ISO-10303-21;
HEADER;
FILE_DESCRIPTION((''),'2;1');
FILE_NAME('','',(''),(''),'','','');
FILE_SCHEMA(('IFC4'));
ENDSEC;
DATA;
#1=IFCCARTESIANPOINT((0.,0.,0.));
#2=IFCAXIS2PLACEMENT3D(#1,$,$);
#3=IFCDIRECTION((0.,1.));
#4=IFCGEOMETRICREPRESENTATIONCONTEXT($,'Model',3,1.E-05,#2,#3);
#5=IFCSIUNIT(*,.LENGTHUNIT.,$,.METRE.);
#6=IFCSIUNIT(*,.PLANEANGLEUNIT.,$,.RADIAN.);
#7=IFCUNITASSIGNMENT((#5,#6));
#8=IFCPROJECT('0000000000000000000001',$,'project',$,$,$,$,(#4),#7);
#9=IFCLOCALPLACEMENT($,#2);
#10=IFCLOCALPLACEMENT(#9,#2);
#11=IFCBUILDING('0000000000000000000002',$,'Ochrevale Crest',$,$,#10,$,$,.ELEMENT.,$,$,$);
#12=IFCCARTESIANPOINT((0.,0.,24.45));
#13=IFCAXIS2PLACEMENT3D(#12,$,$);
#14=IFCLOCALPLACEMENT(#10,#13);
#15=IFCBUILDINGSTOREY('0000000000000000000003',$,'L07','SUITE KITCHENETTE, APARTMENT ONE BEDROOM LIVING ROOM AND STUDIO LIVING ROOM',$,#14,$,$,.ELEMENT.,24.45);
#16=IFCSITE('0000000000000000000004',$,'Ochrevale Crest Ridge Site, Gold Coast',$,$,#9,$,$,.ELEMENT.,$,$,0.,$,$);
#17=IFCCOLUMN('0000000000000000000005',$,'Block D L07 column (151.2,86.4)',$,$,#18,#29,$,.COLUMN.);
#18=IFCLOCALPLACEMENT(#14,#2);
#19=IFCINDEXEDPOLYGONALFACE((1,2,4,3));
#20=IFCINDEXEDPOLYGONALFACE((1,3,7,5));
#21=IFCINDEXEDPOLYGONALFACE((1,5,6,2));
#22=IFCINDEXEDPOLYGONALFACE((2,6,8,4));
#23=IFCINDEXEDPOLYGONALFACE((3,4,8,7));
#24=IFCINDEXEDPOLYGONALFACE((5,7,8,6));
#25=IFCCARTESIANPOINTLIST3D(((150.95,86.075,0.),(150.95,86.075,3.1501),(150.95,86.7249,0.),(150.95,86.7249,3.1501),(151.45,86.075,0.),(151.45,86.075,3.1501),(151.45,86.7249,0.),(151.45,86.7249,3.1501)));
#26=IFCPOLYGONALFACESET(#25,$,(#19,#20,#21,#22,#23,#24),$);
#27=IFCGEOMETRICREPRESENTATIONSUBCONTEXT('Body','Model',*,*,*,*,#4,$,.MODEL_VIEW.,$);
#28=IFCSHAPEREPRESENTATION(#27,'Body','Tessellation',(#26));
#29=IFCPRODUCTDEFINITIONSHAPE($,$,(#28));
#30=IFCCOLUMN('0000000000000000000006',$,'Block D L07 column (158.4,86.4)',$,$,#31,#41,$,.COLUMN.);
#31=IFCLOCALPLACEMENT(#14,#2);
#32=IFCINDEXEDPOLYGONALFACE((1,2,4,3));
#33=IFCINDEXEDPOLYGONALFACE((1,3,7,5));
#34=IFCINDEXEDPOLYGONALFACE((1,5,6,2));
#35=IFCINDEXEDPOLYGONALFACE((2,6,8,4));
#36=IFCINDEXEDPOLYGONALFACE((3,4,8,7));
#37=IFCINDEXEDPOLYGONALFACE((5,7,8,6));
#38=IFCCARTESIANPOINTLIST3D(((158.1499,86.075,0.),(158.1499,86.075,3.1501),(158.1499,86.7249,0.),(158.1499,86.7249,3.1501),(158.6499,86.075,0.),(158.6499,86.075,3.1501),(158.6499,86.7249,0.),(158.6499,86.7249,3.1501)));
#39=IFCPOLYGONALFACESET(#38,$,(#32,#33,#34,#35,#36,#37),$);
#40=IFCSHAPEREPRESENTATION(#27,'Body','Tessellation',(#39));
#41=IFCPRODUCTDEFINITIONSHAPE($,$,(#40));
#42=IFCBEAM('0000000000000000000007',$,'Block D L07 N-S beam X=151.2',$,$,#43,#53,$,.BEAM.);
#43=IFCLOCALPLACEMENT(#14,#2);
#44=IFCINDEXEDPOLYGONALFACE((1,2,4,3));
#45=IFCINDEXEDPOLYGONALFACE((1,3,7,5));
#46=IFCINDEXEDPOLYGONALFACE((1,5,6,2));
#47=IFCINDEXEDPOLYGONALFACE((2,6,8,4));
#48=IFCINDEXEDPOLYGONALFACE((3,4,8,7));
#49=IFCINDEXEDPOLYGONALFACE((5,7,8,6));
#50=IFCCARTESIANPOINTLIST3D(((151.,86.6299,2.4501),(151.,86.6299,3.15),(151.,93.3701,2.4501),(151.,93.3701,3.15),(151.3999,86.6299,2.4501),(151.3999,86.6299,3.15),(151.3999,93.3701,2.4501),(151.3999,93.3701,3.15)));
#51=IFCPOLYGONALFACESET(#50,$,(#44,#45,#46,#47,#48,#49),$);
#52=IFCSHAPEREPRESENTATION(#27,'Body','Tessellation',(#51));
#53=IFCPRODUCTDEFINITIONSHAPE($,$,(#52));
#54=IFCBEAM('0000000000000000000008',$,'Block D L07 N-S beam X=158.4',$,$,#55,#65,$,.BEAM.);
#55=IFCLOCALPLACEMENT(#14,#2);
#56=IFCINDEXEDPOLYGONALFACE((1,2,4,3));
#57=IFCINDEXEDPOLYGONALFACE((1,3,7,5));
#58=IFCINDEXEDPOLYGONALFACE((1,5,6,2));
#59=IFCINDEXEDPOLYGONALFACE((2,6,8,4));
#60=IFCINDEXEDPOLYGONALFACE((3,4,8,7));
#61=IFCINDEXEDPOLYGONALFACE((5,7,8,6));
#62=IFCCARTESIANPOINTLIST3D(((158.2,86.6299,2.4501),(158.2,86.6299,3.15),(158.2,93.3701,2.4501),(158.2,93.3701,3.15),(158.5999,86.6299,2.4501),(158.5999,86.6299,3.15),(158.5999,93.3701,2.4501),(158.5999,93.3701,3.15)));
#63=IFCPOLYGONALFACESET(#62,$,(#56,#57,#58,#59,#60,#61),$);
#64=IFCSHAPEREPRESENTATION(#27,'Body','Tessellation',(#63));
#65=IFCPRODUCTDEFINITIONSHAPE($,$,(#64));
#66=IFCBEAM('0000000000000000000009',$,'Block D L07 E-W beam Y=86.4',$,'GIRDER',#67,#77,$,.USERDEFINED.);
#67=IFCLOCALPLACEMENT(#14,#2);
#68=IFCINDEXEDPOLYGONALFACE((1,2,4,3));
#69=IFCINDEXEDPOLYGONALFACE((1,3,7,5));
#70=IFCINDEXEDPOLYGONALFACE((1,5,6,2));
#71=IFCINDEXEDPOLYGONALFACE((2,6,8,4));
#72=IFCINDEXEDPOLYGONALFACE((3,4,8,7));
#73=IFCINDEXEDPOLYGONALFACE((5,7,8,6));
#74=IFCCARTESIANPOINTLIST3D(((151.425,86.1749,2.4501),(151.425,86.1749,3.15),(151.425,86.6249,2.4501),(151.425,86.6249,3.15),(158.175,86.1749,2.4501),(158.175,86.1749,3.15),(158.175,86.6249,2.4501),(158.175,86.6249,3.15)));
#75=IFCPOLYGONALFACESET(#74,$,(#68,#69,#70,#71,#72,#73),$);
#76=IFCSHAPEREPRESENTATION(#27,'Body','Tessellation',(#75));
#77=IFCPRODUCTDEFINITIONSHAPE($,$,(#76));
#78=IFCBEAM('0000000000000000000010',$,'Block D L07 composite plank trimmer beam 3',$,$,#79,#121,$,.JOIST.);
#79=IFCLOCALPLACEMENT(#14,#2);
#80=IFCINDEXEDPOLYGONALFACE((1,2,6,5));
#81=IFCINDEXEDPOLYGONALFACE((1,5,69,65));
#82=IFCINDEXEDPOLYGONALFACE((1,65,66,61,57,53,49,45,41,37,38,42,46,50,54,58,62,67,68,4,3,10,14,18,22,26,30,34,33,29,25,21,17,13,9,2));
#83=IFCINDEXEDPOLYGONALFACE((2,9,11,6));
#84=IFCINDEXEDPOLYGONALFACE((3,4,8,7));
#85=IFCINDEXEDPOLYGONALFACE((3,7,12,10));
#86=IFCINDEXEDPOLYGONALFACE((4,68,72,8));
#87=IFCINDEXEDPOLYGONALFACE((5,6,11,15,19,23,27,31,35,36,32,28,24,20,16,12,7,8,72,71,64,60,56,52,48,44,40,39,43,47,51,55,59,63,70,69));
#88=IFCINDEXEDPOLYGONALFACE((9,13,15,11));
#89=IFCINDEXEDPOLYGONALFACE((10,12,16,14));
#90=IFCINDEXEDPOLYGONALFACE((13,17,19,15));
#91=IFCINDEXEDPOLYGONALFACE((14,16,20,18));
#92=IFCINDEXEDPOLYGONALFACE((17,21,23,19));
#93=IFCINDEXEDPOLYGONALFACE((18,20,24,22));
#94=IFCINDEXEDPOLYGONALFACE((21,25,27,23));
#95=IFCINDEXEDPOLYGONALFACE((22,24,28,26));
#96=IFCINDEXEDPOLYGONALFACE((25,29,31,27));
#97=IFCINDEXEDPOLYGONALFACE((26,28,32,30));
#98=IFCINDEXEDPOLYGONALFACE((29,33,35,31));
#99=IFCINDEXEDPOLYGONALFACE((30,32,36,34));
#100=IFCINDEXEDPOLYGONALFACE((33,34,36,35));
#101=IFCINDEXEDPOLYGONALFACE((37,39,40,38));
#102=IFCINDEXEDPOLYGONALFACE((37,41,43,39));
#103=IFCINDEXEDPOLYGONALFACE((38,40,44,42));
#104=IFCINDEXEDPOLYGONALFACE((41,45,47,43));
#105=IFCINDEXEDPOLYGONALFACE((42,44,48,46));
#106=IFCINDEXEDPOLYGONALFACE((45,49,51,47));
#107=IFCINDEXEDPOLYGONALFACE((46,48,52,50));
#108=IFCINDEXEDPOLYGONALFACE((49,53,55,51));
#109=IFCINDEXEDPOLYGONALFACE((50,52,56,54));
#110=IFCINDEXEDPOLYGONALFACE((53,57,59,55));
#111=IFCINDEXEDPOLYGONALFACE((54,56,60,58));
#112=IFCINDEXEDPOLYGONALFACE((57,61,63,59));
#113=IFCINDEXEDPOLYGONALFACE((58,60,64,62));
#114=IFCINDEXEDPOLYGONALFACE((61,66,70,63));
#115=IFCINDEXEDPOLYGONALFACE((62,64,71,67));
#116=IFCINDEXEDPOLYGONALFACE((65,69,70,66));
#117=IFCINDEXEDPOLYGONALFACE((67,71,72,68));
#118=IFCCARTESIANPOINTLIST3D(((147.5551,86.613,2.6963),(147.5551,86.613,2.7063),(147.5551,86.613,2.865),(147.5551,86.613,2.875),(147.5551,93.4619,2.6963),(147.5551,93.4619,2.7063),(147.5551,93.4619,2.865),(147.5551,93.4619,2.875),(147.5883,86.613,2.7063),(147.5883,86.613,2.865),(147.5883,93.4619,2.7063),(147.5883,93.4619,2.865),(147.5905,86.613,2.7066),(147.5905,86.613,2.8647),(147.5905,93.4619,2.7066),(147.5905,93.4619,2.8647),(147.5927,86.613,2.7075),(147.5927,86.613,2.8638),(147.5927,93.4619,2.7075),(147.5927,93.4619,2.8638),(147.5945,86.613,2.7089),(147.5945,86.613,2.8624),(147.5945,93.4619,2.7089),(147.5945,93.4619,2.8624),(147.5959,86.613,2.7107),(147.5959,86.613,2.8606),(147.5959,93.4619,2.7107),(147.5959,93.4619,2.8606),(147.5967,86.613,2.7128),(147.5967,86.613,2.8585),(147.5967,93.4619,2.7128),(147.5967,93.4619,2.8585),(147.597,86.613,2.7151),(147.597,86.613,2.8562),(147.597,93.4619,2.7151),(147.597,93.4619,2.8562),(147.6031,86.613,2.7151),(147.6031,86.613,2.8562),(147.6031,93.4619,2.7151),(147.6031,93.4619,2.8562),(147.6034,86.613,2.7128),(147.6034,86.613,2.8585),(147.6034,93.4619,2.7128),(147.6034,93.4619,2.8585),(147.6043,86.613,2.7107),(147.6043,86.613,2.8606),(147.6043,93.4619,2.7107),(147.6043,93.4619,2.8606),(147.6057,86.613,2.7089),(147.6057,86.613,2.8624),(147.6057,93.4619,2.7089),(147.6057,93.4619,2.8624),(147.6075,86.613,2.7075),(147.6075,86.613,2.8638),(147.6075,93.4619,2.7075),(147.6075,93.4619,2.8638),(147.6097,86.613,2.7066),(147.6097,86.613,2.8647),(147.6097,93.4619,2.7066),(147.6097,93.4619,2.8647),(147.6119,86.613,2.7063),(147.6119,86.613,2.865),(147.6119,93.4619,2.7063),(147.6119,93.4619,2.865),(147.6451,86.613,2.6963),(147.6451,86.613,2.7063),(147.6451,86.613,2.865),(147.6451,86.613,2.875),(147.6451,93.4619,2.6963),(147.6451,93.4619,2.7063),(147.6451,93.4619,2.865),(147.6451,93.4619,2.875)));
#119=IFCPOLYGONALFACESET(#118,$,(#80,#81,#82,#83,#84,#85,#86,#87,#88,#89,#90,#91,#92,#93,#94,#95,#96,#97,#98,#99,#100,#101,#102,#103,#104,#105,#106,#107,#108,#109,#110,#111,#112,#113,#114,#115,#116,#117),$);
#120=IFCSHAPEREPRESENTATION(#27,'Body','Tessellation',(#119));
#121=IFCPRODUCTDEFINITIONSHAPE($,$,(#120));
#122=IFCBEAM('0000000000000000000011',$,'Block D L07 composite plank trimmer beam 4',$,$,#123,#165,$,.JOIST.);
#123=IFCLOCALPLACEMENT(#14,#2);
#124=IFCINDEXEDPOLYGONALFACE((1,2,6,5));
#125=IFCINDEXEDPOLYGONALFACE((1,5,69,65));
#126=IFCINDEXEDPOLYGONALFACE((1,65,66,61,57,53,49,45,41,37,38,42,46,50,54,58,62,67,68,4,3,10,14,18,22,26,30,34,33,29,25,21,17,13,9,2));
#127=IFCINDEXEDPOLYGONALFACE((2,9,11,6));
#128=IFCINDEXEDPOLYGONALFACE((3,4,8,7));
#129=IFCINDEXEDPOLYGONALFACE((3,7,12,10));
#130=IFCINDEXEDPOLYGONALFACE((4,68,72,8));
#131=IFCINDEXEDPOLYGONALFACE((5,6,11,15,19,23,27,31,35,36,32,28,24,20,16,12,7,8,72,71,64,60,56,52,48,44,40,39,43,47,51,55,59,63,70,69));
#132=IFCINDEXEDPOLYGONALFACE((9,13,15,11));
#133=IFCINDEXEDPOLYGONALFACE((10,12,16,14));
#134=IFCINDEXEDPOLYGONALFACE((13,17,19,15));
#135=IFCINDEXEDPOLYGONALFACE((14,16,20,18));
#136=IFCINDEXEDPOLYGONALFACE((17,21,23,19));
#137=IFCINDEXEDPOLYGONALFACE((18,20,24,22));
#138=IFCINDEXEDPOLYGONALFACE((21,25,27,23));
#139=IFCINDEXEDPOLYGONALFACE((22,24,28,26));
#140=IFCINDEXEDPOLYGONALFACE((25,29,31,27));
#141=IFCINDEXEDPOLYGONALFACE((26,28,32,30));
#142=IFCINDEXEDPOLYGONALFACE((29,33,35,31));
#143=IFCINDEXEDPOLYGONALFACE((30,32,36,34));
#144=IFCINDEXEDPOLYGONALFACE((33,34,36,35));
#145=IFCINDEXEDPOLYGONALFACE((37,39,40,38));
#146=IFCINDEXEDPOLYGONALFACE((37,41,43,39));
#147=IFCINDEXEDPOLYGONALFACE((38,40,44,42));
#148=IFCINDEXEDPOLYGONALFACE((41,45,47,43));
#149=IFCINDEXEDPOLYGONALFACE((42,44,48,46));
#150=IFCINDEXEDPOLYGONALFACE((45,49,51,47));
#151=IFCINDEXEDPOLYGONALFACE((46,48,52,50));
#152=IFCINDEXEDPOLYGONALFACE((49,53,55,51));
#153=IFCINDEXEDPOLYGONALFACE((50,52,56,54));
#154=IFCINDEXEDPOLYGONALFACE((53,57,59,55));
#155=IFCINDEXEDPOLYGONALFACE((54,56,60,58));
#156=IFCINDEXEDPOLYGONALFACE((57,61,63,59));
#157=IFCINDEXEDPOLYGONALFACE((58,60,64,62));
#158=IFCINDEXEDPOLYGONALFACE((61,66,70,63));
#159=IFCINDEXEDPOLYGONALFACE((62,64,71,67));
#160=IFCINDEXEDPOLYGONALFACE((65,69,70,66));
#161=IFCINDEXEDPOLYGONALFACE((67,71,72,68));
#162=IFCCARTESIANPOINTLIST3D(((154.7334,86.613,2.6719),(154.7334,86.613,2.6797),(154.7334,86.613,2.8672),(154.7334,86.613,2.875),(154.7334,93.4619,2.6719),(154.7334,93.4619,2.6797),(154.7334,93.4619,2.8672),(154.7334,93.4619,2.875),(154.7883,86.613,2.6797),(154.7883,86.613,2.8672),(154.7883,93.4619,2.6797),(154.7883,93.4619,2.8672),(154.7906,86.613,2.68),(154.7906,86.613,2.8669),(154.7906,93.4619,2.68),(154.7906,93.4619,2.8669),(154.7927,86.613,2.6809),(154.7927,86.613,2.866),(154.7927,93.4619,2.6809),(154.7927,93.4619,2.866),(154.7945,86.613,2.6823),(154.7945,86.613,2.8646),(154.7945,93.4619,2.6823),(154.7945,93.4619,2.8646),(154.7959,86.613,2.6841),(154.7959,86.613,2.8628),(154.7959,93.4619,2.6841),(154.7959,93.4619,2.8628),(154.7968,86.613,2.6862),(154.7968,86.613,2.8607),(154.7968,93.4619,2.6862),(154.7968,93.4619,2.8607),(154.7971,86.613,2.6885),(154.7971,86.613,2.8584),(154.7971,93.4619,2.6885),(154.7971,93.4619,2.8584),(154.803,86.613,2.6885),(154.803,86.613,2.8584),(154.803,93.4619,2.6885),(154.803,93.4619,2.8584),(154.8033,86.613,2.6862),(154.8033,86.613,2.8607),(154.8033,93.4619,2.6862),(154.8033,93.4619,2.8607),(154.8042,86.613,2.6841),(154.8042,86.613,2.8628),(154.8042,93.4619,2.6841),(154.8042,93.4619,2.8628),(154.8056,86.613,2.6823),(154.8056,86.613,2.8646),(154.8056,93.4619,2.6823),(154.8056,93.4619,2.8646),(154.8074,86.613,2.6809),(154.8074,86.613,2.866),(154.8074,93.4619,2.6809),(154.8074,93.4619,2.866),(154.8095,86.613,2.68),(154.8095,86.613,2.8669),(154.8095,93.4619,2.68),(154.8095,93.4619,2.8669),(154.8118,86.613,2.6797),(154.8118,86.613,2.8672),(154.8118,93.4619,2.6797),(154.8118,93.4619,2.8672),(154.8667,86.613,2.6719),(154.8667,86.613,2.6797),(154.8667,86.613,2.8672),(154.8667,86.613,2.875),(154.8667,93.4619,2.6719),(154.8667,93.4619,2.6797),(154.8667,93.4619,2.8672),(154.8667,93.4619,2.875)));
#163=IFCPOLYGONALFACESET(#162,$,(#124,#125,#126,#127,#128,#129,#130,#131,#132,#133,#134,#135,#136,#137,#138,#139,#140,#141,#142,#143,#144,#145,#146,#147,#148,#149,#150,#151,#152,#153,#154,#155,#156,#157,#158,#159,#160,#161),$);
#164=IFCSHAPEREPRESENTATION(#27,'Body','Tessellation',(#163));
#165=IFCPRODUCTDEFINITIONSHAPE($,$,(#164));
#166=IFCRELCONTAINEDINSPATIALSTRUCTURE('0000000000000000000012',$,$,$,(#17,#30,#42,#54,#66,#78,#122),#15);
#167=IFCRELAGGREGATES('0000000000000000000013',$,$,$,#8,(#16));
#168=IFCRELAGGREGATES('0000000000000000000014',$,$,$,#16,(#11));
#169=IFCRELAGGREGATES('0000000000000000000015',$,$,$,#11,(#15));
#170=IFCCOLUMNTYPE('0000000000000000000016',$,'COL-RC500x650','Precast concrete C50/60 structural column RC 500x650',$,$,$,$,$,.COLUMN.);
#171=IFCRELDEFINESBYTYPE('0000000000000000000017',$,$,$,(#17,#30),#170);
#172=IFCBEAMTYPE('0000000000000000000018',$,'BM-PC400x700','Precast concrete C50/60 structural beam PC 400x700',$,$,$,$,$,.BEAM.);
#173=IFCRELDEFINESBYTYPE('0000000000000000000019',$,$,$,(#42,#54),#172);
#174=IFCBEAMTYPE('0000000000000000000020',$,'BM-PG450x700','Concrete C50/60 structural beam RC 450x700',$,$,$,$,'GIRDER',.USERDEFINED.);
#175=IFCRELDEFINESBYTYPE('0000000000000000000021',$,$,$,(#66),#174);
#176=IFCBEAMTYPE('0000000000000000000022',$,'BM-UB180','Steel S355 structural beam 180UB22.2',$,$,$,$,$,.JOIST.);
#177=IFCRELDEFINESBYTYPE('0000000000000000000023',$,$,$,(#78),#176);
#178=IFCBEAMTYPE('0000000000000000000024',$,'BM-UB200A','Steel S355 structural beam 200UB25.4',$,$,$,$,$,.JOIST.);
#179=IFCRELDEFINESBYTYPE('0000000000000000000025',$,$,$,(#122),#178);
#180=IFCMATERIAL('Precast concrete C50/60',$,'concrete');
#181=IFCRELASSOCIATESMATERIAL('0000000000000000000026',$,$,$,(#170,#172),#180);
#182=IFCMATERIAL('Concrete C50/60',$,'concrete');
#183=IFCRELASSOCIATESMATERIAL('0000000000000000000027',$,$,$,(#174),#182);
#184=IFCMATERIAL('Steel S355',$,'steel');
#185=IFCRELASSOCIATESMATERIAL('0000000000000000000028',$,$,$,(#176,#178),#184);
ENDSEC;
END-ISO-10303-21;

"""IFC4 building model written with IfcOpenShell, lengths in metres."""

from ifc_helpers import new_model, si_unit, direction, frame, origin, origin_2d, place, context, subcontext, project, spatial, rectangle, i_section, extrude, material, material_profile, profile_set, type_object, element, save


model = new_model("IFC4")

# Units and contexts
model_context = context("Model", 3, precision=1e-05, world=origin(), true_north=direction((0.0, 1.0)))
body_context = subcontext(model_context, "Body", "Model", "MODEL_VIEW")
ifc_project = project(units=[si_unit("LENGTHUNIT", "METRE"), si_unit("PLANEANGLEUNIT", "RADIAN")], contexts=[model_context])

# Site, building, storey
site_placement = place(None, origin())
site = spatial("IfcSite", under=ifc_project, at=site_placement, Name="Ochrevale Crest Ridge Site, Gold Coast", CompositionType="ELEMENT", RefElevation=0.0)
building_placement = place(site_placement, origin())
building = spatial("IfcBuilding", under=site, at=building_placement, Name="Ochrevale Crest", CompositionType="ELEMENT")
storey_placement = place(building_placement, frame((0.0, 0.0, 24.45)))
storey = spatial("IfcBuildingStorey", under=building, at=storey_placement, Name="L07", Description="SUITE KITCHENETTE, APARTMENT ONE BEDROOM LIVING ROOM AND STUDIO LIVING ROOM", CompositionType="ELEMENT", Elevation=24.45)

# Columns
ifc_material_1 = material(Name="Precast concrete C50/60", Category="concrete")
ifc_material_profile_1 = material_profile(ifc_material_1, rectangle(XDim=0.5, YDim=0.6499, at=origin_2d()), Name="RC 500x650")
ifc_profile_set_1 = profile_set([ifc_material_profile_1], Name="Precast concrete C50/60")
column_type = type_object("IfcColumnType", Name="COL-RC500x650", Description="Precast concrete C50/60 structural column RC 500x650", PredefinedType="COLUMN", material=ifc_profile_set_1)
for number, where, z_axis, x_axis, name in (
    (1, (151.2, 86.3999, 0.0), (0.0, 0.0, 1.0), (1.0, 0.0, 0.0), "Block D L07 column (151.2,86.4)"),
    (2, (158.3999, 86.3999, 0.0), (0.0, 0.0, 1.0), (1.0, 0.0, 0.0), "Block D L07 column (158.4,86.4)"),
):
    element("IfcColumn", number, at=place(storey_placement, frame(where, z_axis=z_axis, x_axis=x_axis)), inside=storey, type_object=column_type, Name=name, PredefinedType="COLUMN", context=body_context, shape_type="SweptSolid", body=[
        extrude(rectangle(XDim=0.5, YDim=0.6499, at=origin_2d()), origin(), (0.0, 0.0, 1.0), 3.1501),
    ])

# Beams
ifc_material_profile_2 = material_profile(ifc_material_1, rectangle(XDim=0.3999, YDim=0.7, at=origin_2d()), Name="PC 400x700")
ifc_profile_set_2 = profile_set([ifc_material_profile_2], Name="Precast concrete C50/60")
beam_type_1 = type_object("IfcBeamType", Name="BM-PC400x700", Description="Precast concrete C50/60 structural beam PC 400x700", PredefinedType="BEAM", material=ifc_profile_set_2)
for number, where, z_axis, x_axis, name in (
    (3, (151.2, 86.6299, 2.8), (0.0, 1.0, 0.0), (-1.0, 0.0, 0.0), "Block D L07 N-S beam X=151.2"),
    (4, (158.3999, 86.6299, 2.8), (0.0, 1.0, 0.0), (-1.0, 0.0, 0.0), "Block D L07 N-S beam X=158.4"),
):
    element("IfcBeam", number, at=place(storey_placement, frame(where, z_axis=z_axis, x_axis=x_axis)), inside=storey, type_object=beam_type_1, Name=name, PredefinedType="BEAM", context=body_context, shape_type="SweptSolid", body=[
        extrude(rectangle(XDim=0.3999, YDim=0.7, at=origin_2d()), origin(), (0.0, 0.0, 1.0), 6.7402),
    ])
ifc_material_2 = material(Name="Concrete C50/60", Category="concrete")
ifc_material_profile_3 = material_profile(ifc_material_2, rectangle(XDim=0.45, YDim=0.7, at=origin_2d()), Name="RC 450x700")
ifc_profile_set_3 = profile_set([ifc_material_profile_3], Name="Concrete C50/60")
beam_type_2 = type_object("IfcBeamType", Name="BM-PG450x700", Description="Concrete C50/60 structural beam RC 450x700", ElementType="GIRDER", PredefinedType="USERDEFINED", material=ifc_profile_set_3)
beam_1_placement = place(storey_placement, frame((151.425, 86.3999, 2.8), z_axis=(1.0, 0.0, 0.0), x_axis=(0.0, 1.0, 0.0)))
element("IfcBeam", 5, at=beam_1_placement, inside=storey, type_object=beam_type_2, Name="Block D L07 E-W beam Y=86.4", ObjectType="GIRDER", PredefinedType="USERDEFINED", context=body_context, shape_type="SweptSolid", body=[
    extrude(rectangle(XDim=0.45, YDim=0.7, at=origin_2d()), origin(), (0.0, 0.0, 1.0), 6.75),
])
ifc_material_3 = material(Name="Steel S355", Category="steel")
ifc_material_profile_4 = material_profile(ifc_material_3, i_section(OverallWidth=0.0901, OverallDepth=0.1787, WebThickness=0.0061, FlangeThickness=0.01, FilletRadius=0.0088, at=origin_2d()), Name="180UB22.2")
ifc_profile_set_4 = profile_set([ifc_material_profile_4], Name="Steel S355")
beam_type_3 = type_object("IfcBeamType", Name="BM-UB180", Description="Steel S355 structural beam 180UB22.2", PredefinedType="JOIST", material=ifc_profile_set_4)
beam_2_placement = place(storey_placement, frame((147.6001, 86.613, 2.7856), z_axis=(0.0, 1.0, 0.0), x_axis=(-1.0, 0.0, 0.0)))
element("IfcBeam", 6, at=beam_2_placement, inside=storey, type_object=beam_type_3, Name="Block D L07 composite plank trimmer beam 3", PredefinedType="JOIST", context=body_context, shape_type="SweptSolid", body=[
    extrude(i_section(OverallWidth=0.0901, OverallDepth=0.1787, WebThickness=0.0061, FlangeThickness=0.01, FilletRadius=0.0088, at=origin_2d()), origin(), (0.0, 0.0, 1.0), 6.8489),
])
ifc_material_profile_5 = material_profile(ifc_material_3, i_section(OverallWidth=0.1333, OverallDepth=0.2031, WebThickness=0.0059, FlangeThickness=0.0078, FilletRadius=0.0088, at=origin_2d()), Name="200UB25.4")
ifc_profile_set_5 = profile_set([ifc_material_profile_5], Name="Steel S355")
beam_type_4 = type_object("IfcBeamType", Name="BM-UB200A", Description="Steel S355 structural beam 200UB25.4", PredefinedType="JOIST", material=ifc_profile_set_5)
beam_3_placement = place(storey_placement, frame((154.8, 86.613, 2.7734), z_axis=(0.0, 1.0, 0.0), x_axis=(-1.0, 0.0, 0.0)))
element("IfcBeam", 7, at=beam_3_placement, inside=storey, type_object=beam_type_4, Name="Block D L07 composite plank trimmer beam 4", PredefinedType="JOIST", context=body_context, shape_type="SweptSolid", body=[
    extrude(i_section(OverallWidth=0.1333, OverallDepth=0.2031, WebThickness=0.0059, FlangeThickness=0.0078, FilletRadius=0.0088, at=origin_2d()), origin(), (0.0, 0.0, 1.0), 6.8489),
])

save(model, "model.ifc")
